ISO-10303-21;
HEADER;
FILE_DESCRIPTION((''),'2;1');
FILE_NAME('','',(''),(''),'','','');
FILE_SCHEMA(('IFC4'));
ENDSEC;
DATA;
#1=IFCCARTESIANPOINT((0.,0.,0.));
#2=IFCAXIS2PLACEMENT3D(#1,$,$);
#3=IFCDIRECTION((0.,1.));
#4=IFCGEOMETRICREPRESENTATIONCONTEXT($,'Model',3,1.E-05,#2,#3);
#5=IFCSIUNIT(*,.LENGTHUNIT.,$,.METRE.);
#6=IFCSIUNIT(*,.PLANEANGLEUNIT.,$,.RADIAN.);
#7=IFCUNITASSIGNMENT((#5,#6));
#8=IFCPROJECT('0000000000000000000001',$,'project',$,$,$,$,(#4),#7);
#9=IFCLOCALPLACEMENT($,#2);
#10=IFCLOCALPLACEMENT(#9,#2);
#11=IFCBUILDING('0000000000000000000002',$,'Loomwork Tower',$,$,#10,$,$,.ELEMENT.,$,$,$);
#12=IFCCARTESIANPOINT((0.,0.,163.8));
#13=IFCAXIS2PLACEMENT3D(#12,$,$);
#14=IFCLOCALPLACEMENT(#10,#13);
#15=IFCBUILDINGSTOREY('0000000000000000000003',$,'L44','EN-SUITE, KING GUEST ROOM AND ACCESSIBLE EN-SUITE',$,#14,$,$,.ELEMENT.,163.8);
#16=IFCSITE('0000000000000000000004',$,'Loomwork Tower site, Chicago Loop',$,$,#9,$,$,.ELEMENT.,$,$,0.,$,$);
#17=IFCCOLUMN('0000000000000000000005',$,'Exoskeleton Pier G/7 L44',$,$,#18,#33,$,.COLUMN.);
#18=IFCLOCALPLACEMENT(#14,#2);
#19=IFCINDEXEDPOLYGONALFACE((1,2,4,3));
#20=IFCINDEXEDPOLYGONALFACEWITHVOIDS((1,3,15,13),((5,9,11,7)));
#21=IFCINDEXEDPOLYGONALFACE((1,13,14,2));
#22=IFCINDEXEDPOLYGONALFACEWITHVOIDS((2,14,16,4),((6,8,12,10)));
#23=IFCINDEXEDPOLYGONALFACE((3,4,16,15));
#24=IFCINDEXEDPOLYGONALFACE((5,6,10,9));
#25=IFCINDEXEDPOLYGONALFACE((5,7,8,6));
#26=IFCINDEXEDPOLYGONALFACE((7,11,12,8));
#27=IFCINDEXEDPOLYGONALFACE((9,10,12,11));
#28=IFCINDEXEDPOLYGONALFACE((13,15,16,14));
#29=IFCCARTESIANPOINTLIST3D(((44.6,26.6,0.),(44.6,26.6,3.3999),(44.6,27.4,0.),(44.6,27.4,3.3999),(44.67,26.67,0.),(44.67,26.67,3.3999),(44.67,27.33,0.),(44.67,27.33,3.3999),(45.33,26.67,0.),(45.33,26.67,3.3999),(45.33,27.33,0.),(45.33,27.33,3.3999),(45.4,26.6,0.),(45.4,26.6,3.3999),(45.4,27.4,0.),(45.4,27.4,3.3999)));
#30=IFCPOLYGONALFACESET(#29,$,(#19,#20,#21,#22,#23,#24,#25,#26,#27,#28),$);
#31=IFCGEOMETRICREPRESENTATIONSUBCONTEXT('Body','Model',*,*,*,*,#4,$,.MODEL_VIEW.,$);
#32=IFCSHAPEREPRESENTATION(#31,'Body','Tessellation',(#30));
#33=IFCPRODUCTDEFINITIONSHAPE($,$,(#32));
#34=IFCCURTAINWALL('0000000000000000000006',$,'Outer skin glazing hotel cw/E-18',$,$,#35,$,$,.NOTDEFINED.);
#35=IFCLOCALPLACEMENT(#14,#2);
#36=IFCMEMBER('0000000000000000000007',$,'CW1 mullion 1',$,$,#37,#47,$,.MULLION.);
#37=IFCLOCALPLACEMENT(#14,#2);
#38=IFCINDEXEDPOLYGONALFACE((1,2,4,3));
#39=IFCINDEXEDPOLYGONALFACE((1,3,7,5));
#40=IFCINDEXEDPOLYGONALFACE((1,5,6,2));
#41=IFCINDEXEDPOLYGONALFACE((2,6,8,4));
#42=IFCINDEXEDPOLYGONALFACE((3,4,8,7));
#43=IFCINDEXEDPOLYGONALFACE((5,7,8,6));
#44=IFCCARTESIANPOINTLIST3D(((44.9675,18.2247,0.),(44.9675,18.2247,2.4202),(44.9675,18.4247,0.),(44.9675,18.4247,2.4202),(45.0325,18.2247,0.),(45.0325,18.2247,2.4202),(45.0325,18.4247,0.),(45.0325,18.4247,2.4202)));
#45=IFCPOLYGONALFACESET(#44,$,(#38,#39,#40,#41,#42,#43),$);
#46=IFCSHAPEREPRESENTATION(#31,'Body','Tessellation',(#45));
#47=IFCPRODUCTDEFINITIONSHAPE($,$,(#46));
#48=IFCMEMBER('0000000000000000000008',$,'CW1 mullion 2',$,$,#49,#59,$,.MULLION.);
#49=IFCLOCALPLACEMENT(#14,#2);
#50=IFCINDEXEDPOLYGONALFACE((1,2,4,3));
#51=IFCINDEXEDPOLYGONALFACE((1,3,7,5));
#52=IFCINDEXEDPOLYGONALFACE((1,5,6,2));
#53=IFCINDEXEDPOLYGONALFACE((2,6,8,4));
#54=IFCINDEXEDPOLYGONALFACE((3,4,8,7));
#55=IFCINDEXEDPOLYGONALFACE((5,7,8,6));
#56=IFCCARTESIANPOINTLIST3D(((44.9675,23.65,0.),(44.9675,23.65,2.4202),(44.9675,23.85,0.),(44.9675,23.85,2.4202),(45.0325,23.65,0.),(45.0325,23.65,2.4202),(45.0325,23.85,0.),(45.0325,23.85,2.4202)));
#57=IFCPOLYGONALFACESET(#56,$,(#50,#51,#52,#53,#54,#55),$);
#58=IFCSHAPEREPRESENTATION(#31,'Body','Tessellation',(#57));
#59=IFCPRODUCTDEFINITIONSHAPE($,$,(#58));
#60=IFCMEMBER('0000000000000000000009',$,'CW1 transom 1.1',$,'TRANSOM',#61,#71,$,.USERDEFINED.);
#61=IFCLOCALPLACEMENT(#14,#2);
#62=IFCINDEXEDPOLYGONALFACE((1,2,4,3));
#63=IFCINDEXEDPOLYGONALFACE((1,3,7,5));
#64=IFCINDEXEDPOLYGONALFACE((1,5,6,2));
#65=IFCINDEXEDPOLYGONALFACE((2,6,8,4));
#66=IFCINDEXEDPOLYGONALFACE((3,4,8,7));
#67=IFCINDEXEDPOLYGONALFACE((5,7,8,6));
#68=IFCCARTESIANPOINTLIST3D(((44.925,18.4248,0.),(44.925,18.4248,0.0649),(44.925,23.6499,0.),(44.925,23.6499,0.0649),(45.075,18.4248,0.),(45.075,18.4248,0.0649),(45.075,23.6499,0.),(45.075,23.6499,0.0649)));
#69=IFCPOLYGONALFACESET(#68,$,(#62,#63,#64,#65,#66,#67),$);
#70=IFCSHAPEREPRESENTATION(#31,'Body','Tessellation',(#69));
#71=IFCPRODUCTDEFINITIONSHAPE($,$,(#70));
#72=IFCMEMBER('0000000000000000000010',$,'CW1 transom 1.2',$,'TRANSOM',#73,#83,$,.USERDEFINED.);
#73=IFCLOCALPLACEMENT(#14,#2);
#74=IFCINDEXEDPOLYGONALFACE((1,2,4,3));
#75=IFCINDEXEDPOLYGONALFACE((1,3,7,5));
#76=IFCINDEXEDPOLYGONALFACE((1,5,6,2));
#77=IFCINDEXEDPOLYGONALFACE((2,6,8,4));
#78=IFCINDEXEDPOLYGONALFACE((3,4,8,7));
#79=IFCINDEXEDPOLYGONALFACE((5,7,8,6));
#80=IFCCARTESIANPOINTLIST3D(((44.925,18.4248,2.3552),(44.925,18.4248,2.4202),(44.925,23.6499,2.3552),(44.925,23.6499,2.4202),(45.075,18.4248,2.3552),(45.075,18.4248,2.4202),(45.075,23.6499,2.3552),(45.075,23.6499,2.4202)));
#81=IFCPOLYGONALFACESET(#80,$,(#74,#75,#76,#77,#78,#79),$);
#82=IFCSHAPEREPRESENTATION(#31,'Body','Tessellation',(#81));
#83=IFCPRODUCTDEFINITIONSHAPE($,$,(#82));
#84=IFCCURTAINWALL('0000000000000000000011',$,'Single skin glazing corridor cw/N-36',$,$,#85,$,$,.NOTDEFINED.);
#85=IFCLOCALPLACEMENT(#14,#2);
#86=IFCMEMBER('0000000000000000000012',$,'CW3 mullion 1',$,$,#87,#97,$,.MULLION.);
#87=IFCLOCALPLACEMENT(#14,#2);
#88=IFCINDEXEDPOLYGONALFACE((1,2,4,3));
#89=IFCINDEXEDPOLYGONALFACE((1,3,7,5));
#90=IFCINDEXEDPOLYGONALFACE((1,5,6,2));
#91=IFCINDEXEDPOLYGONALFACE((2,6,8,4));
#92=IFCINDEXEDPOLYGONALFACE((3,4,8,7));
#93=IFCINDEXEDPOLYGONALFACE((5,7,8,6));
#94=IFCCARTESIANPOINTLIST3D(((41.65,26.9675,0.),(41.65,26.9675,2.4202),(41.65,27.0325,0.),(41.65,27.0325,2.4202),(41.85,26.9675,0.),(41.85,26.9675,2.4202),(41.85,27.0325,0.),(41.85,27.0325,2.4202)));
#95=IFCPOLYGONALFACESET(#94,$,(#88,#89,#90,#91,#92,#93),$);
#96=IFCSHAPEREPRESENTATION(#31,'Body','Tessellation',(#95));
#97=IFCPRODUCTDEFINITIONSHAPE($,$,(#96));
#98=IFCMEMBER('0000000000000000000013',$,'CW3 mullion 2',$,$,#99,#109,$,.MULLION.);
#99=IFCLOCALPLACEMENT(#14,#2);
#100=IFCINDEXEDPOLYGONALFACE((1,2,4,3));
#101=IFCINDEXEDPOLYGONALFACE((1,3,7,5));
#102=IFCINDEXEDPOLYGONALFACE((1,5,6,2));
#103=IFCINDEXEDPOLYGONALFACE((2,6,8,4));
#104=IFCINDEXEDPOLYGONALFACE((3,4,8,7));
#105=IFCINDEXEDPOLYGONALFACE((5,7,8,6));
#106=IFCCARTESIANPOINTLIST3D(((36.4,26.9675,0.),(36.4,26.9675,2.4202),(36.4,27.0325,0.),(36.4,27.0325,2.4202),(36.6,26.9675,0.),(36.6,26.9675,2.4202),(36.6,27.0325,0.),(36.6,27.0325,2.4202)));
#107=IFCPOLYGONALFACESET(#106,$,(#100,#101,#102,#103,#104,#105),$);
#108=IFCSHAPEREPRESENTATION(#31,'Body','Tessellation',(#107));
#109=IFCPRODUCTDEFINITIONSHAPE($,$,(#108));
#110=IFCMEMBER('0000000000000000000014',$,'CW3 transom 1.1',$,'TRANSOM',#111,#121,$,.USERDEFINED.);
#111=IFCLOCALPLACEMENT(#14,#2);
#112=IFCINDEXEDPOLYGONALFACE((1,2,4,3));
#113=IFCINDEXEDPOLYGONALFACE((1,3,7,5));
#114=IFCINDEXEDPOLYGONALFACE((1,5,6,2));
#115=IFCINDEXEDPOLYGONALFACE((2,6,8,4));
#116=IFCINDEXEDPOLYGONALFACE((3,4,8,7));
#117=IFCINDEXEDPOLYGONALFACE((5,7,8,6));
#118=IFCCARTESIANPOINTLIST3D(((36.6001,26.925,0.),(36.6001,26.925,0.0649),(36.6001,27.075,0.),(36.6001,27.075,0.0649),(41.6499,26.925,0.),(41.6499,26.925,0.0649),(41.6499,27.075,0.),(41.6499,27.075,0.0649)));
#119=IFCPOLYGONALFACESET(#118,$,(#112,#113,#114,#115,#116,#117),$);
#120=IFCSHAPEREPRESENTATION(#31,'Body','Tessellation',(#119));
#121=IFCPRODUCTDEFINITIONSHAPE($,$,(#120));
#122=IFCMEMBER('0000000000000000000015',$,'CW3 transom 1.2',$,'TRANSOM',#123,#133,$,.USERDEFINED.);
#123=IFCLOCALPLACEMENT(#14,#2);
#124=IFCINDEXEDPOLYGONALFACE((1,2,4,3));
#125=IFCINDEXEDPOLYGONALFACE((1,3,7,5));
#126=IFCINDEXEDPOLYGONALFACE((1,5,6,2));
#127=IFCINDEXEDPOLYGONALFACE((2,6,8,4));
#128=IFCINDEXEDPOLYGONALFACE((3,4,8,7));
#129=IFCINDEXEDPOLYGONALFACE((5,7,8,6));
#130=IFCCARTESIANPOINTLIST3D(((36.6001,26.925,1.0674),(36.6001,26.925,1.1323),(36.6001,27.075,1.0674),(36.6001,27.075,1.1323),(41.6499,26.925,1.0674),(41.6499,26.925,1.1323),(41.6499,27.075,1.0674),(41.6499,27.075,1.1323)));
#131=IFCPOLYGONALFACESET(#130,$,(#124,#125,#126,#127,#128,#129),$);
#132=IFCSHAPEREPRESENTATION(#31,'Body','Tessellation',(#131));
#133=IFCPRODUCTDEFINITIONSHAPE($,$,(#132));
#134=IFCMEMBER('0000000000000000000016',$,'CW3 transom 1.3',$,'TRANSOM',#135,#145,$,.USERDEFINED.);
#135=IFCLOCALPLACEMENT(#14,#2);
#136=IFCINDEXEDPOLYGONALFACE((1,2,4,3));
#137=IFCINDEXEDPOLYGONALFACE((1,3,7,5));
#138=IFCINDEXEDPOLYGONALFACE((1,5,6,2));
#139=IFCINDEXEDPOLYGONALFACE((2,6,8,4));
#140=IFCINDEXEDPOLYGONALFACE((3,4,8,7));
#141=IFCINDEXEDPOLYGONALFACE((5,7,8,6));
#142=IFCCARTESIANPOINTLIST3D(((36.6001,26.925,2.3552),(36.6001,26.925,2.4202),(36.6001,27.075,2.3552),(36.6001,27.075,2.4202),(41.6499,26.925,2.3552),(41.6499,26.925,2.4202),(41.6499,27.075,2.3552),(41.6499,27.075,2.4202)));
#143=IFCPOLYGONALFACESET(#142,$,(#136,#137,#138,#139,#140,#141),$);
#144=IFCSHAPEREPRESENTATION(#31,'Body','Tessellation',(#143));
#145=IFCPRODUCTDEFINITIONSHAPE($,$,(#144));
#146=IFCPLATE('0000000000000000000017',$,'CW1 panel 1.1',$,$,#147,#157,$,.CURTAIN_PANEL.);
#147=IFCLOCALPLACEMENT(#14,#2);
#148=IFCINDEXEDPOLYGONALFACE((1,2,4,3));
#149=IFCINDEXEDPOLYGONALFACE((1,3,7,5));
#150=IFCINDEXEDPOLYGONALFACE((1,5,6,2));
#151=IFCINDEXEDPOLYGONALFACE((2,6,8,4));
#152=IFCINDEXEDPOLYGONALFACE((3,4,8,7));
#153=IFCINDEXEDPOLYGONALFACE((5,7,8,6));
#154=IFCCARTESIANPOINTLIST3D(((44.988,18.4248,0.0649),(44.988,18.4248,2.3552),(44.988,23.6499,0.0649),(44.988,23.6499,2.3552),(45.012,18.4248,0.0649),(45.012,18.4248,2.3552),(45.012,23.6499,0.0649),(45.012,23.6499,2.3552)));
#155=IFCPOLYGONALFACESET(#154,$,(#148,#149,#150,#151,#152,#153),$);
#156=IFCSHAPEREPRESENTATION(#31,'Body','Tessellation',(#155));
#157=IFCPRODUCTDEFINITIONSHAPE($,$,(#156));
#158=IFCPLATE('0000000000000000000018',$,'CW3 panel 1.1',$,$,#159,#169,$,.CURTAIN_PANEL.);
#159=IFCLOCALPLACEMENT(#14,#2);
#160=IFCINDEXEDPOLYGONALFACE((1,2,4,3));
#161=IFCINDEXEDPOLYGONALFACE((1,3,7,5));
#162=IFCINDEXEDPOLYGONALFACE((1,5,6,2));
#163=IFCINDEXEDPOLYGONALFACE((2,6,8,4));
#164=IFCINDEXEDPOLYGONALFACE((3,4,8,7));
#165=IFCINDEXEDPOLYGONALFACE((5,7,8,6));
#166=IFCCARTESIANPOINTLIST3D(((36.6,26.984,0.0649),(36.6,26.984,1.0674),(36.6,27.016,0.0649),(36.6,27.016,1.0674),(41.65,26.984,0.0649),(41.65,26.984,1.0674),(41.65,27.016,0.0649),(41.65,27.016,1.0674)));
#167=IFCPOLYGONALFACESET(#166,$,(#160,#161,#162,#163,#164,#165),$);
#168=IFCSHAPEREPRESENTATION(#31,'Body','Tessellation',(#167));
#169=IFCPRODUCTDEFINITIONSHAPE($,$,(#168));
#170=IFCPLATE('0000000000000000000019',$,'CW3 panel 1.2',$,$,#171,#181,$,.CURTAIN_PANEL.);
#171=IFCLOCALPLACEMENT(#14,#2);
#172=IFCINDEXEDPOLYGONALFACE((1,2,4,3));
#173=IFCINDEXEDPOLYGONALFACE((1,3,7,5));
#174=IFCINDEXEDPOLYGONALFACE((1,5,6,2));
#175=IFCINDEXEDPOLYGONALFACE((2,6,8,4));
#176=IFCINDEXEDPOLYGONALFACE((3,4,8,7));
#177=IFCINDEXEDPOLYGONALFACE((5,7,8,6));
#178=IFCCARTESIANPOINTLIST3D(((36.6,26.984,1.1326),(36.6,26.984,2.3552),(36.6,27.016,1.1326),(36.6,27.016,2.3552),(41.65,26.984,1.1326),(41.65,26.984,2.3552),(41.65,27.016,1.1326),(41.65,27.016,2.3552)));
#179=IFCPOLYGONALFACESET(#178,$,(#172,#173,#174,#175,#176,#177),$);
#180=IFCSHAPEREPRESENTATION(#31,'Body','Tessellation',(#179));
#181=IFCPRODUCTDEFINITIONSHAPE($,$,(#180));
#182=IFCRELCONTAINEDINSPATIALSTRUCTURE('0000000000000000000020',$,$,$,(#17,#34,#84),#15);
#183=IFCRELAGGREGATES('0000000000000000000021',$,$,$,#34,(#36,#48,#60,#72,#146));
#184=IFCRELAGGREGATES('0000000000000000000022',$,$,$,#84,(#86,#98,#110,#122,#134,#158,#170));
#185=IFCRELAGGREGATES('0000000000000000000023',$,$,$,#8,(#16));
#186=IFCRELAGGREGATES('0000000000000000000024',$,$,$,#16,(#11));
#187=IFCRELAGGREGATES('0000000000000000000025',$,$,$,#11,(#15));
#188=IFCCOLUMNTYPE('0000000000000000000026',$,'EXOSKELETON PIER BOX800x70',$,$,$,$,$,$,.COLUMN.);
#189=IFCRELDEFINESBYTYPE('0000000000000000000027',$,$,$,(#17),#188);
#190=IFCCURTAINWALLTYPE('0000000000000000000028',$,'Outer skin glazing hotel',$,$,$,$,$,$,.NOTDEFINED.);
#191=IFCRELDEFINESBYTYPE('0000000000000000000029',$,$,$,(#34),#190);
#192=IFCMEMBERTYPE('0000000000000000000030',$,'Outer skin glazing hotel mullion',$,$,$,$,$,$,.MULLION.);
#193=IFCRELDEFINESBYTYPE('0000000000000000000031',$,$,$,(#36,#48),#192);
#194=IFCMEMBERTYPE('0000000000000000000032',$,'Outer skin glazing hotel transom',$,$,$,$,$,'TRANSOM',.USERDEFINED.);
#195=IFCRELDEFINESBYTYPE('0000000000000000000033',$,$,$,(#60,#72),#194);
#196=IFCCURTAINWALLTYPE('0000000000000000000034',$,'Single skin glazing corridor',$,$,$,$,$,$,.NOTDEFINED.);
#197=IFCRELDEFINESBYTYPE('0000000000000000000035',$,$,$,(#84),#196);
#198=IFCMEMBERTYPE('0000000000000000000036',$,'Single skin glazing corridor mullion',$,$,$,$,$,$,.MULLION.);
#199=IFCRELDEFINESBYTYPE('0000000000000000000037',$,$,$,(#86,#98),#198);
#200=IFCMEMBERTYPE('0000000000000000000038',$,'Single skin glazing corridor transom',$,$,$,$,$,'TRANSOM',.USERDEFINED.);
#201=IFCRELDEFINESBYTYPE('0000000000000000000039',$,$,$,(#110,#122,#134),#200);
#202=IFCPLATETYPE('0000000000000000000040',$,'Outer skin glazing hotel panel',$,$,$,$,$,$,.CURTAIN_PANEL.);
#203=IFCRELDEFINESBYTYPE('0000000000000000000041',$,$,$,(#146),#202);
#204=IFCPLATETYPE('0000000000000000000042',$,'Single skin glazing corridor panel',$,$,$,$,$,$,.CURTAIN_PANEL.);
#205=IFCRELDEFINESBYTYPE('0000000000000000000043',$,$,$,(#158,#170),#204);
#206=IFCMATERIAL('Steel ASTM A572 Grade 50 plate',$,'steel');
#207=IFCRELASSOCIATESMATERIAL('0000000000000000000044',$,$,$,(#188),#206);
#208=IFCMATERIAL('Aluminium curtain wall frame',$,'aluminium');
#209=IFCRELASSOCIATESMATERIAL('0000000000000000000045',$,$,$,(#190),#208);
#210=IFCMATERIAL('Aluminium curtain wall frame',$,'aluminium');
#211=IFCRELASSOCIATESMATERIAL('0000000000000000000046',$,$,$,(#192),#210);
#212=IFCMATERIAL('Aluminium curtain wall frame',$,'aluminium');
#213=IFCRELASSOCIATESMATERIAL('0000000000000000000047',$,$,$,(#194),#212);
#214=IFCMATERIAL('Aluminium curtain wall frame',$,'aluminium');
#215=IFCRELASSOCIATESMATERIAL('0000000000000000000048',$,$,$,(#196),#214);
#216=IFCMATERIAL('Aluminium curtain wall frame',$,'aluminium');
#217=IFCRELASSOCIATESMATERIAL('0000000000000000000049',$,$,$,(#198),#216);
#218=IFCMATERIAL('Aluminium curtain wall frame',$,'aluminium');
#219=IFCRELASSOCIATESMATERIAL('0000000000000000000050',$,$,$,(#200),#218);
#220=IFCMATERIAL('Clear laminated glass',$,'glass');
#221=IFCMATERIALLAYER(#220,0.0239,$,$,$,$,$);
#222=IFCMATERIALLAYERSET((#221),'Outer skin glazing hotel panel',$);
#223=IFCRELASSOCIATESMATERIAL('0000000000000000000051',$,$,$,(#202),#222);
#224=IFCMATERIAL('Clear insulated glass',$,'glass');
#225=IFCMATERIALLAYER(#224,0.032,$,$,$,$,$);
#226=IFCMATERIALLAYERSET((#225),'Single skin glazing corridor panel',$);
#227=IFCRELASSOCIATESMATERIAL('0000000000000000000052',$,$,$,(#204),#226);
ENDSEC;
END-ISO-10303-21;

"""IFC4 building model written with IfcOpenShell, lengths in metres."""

from ifc_helpers import new_model, si_unit, direction, frame, origin, origin_2d, place, context, subcontext, project, spatial, rectangle, hollow_rectangle, extrude, material, layer, layer_set, material_profile, profile_set, type_object, element, aggregate, save


model = new_model("IFC4")

# Units and contexts
model_context = context("Model", 3, precision=1e-05, world=origin(), true_north=direction((0.0, 1.0)))
body_context = subcontext(model_context, "Body", "Model", "MODEL_VIEW")
ifc_project = project(units=[si_unit("LENGTHUNIT", "METRE"), si_unit("PLANEANGLEUNIT", "RADIAN")], contexts=[model_context])

# Site, building, storey
site_placement = place(None, origin())
site = spatial("IfcSite", under=ifc_project, at=site_placement, Name="Loomwork Tower site, Chicago Loop", CompositionType="ELEMENT", RefElevation=0.0)
building_placement = place(site_placement, origin())
building = spatial("IfcBuilding", under=site, at=building_placement, Name="Loomwork Tower", CompositionType="ELEMENT")
storey_placement = place(building_placement, frame((0.0, 0.0, 163.8)))
storey = spatial("IfcBuildingStorey", under=building, at=storey_placement, Name="L44", Description="EN-SUITE, KING GUEST ROOM AND ACCESSIBLE EN-SUITE", CompositionType="ELEMENT", Elevation=163.8)

# Column
ifc_material_1 = material(Name="Steel ASTM A572 Grade 50 plate", Category="steel")
ifc_material_profile_1 = material_profile(ifc_material_1, hollow_rectangle(XDim=0.8, YDim=0.8, WallThickness=0.0701, at=origin_2d()), Name="BOX800x70")
ifc_profile_set_1 = profile_set([ifc_material_profile_1], Name="Steel ASTM A572 Grade 50 plate")
column_type = type_object("IfcColumnType", Name="EXOSKELETON PIER BOX800x70", PredefinedType="COLUMN", material=ifc_profile_set_1)
column_placement = place(storey_placement, frame((45.0, 27.0, 0.0), z_axis=(0.0, 0.0, 1.0), x_axis=(0.0, 1.0, 0.0)))
element("IfcColumn", 1, at=column_placement, inside=storey, type_object=column_type, Name="Exoskeleton Pier G/7 L44", PredefinedType="COLUMN", context=body_context, shape_type="SweptSolid", body=[
    extrude(hollow_rectangle(XDim=0.8, YDim=0.8, WallThickness=0.0701, at=origin_2d()), origin(), (0.0, 0.0, 1.0), 3.3999),
])

# Curtain walls, members
ifc_material_2 = material(Name="Aluminium curtain wall frame", Category="aluminium")
curtain_wall_type_1 = type_object("IfcCurtainWallType", Name="Outer skin glazing hotel", PredefinedType="NOTDEFINED", material=ifc_material_2)
curtain_wall_1_placement = place(storey_placement, origin())
curtain_wall_1 = element("IfcCurtainWall", 2, at=curtain_wall_1_placement, inside=storey, type_object=curtain_wall_type_1, Name="Outer skin glazing hotel cw/E-18", PredefinedType="NOTDEFINED")
ifc_material_3 = material(Name="Aluminium curtain wall frame", Category="aluminium")
ifc_material_profile_2 = material_profile(ifc_material_3, rectangle(XDim=0.0649, YDim=0.2, at=origin_2d()), Name="AL 65x200")
ifc_profile_set_2 = profile_set([ifc_material_profile_2], Name="Aluminium curtain wall frame")
member_type_1 = type_object("IfcMemberType", Name="Outer skin glazing hotel mullion", PredefinedType="MULLION", material=ifc_profile_set_2)
member_1_placement = place(storey_placement, frame((45.0, 18.3247, 0.0), z_axis=(0.0, 0.0, 1.0), x_axis=(-1.0, 0.0, 0.0)))
member_1 = element("IfcMember", 3, at=member_1_placement, type_object=member_type_1, Name="CW1 mullion 1", PredefinedType="MULLION", context=body_context, shape_type="SweptSolid", body=[
    extrude(rectangle(XDim=0.0649, YDim=0.2, at=origin_2d()), origin(), (0.0, 0.0, 1.0), 2.4202),
])
member_2_placement = place(storey_placement, frame((45.0, 23.75, 0.0), z_axis=(0.0, 0.0, 1.0), x_axis=(-1.0, 0.0, 0.0)))
member_2 = element("IfcMember", 4, at=member_2_placement, type_object=member_type_1, Name="CW1 mullion 2", PredefinedType="MULLION", context=body_context, shape_type="SweptSolid", body=[
    extrude(rectangle(XDim=0.0649, YDim=0.2, at=origin_2d()), origin(), (0.0, 0.0, 1.0), 2.4202),
])
ifc_material_4 = material(Name="Aluminium curtain wall frame", Category="aluminium")
ifc_material_profile_3 = material_profile(ifc_material_4, rectangle(XDim=0.1499, YDim=0.0649, at=origin_2d()), Name="AL 65x150")
ifc_profile_set_3 = profile_set([ifc_material_profile_3], Name="Aluminium curtain wall frame")
member_type_2 = type_object("IfcMemberType", Name="Outer skin glazing hotel transom", ElementType="TRANSOM", PredefinedType="USERDEFINED", material=ifc_profile_set_3)
member_3_placement = place(storey_placement, frame((45.0, 18.4248, 0.0325), z_axis=(0.0, 1.0, 0.0), x_axis=(-1.0, 0.0, 0.0)))
member_3 = element("IfcMember", 5, at=member_3_placement, type_object=member_type_2, Name="CW1 transom 1.1", ObjectType="TRANSOM", PredefinedType="USERDEFINED", context=body_context, shape_type="SweptSolid", body=[
    extrude(rectangle(XDim=0.1499, YDim=0.0649, at=origin_2d()), origin(), (0.0, 0.0, 1.0), 5.2251),
])
member_4_placement = place(storey_placement, frame((45.0, 18.4248, 2.3877), z_axis=(0.0, 1.0, 0.0), x_axis=(-1.0, 0.0, 0.0)))
member_4 = element("IfcMember", 6, at=member_4_placement, type_object=member_type_2, Name="CW1 transom 1.2", ObjectType="TRANSOM", PredefinedType="USERDEFINED", context=body_context, shape_type="SweptSolid", body=[
    extrude(rectangle(XDim=0.1499, YDim=0.0649, at=origin_2d()), origin(), (0.0, 0.0, 1.0), 5.2251),
])
ifc_material_5 = material(Name="Aluminium curtain wall frame", Category="aluminium")
curtain_wall_type_2 = type_object("IfcCurtainWallType", Name="Single skin glazing corridor", PredefinedType="NOTDEFINED", material=ifc_material_5)
curtain_wall_2_placement = place(storey_placement, origin())
curtain_wall_2 = element("IfcCurtainWall", 7, at=curtain_wall_2_placement, inside=storey, type_object=curtain_wall_type_2, Name="Single skin glazing corridor cw/N-36", PredefinedType="NOTDEFINED")
ifc_material_6 = material(Name="Aluminium curtain wall frame", Category="aluminium")
ifc_material_profile_4 = material_profile(ifc_material_6, rectangle(XDim=0.0649, YDim=0.2, at=origin_2d()), Name="AL 65x200")
ifc_profile_set_4 = profile_set([ifc_material_profile_4], Name="Aluminium curtain wall frame")
member_type_3 = type_object("IfcMemberType", Name="Single skin glazing corridor mullion", PredefinedType="MULLION", material=ifc_profile_set_4)
member_5_placement = place(storey_placement, frame((41.75, 27.0, 0.0), z_axis=(0.0, 0.0, 1.0), x_axis=(0.0, -1.0, 0.0)))
member_5 = element("IfcMember", 8, at=member_5_placement, type_object=member_type_3, Name="CW3 mullion 1", PredefinedType="MULLION", context=body_context, shape_type="SweptSolid", body=[
    extrude(rectangle(XDim=0.0649, YDim=0.2, at=origin_2d()), origin(), (0.0, 0.0, 1.0), 2.4202),
])
member_6_placement = place(storey_placement, frame((36.5, 27.0, 0.0), z_axis=(0.0, 0.0, 1.0), x_axis=(0.0, -1.0, 0.0)))
member_6 = element("IfcMember", 9, at=member_6_placement, type_object=member_type_3, Name="CW3 mullion 2", PredefinedType="MULLION", context=body_context, shape_type="SweptSolid", body=[
    extrude(rectangle(XDim=0.0649, YDim=0.2, at=origin_2d()), origin(), (0.0, 0.0, 1.0), 2.4202),
])
ifc_material_7 = material(Name="Aluminium curtain wall frame", Category="aluminium")
ifc_material_profile_5 = material_profile(ifc_material_7, rectangle(XDim=0.1499, YDim=0.0649, at=origin_2d()), Name="AL 65x150")
ifc_profile_set_5 = profile_set([ifc_material_profile_5], Name="Aluminium curtain wall frame")
member_type_4 = type_object("IfcMemberType", Name="Single skin glazing corridor transom", ElementType="TRANSOM", PredefinedType="USERDEFINED", material=ifc_profile_set_5)
member_7_placement = place(storey_placement, frame((41.6499, 27.0, 0.0325), z_axis=(-1.0, 0.0, 0.0), x_axis=(0.0, -1.0, 0.0)))
member_7 = element("IfcMember", 10, at=member_7_placement, type_object=member_type_4, Name="CW3 transom 1.1", ObjectType="TRANSOM", PredefinedType="USERDEFINED", context=body_context, shape_type="SweptSolid", body=[
    extrude(rectangle(XDim=0.1499, YDim=0.0649, at=origin_2d()), origin(), (0.0, 0.0, 1.0), 5.0498),
])
member_8_placement = place(storey_placement, frame((41.6499, 27.0, 1.0999), z_axis=(-1.0, 0.0, 0.0), x_axis=(0.0, -1.0, 0.0)))
member_8 = element("IfcMember", 11, at=member_8_placement, type_object=member_type_4, Name="CW3 transom 1.2", ObjectType="TRANSOM", PredefinedType="USERDEFINED", context=body_context, shape_type="SweptSolid", body=[
    extrude(rectangle(XDim=0.1499, YDim=0.0649, at=origin_2d()), origin(), (0.0, 0.0, 1.0), 5.0498),
])
member_9_placement = place(storey_placement, frame((41.6499, 27.0, 2.3877), z_axis=(-1.0, 0.0, 0.0), x_axis=(0.0, -1.0, 0.0)))
member_9 = element("IfcMember", 12, at=member_9_placement, type_object=member_type_4, Name="CW3 transom 1.3", ObjectType="TRANSOM", PredefinedType="USERDEFINED", context=body_context, shape_type="SweptSolid", body=[
    extrude(rectangle(XDim=0.1499, YDim=0.0649, at=origin_2d()), origin(), (0.0, 0.0, 1.0), 5.0498),
])

# Plates
ifc_material_8 = material(Name="Clear laminated glass", Category="glass")
ifc_layer_1 = layer(ifc_material_8, 0.0239)
ifc_layer_set_1 = layer_set([ifc_layer_1], Name="Outer skin glazing hotel panel")
plate_type_1 = type_object("IfcPlateType", Name="Outer skin glazing hotel panel", PredefinedType="CURTAIN_PANEL", material=ifc_layer_set_1)
plate_1_placement = place(storey_placement, frame((45.0, 21.0374, 0.0649), z_axis=(0.0, 0.0, 1.0), x_axis=(0.0, 1.0, 0.0)))
plate_1 = element("IfcPlate", 13, at=plate_1_placement, type_object=plate_type_1, Name="CW1 panel 1.1", PredefinedType="CURTAIN_PANEL", context=body_context, shape_type="SweptSolid", body=[
    extrude(rectangle(XDim=5.2251, YDim=0.0239, at=origin_2d()), origin(), (0.0, 0.0, 1.0), 2.2903),
])
aggregate(curtain_wall_1, [member_1, member_2, member_3, member_4, plate_1])
ifc_material_9 = material(Name="Clear insulated glass", Category="glass")
ifc_layer_2 = layer(ifc_material_9, 0.032)
ifc_layer_set_2 = layer_set([ifc_layer_2], Name="Single skin glazing corridor panel")
plate_type_2 = type_object("IfcPlateType", Name="Single skin glazing corridor panel", PredefinedType="CURTAIN_PANEL", material=ifc_layer_set_2)
plate_2_placement = place(storey_placement, frame((39.125, 27.0, 0.0649), z_axis=(0.0, 0.0, 1.0), x_axis=(-1.0, 0.0, 0.0)))
plate_2 = element("IfcPlate", 14, at=plate_2_placement, type_object=plate_type_2, Name="CW3 panel 1.1", PredefinedType="CURTAIN_PANEL", context=body_context, shape_type="SweptSolid", body=[
    extrude(rectangle(XDim=5.05, YDim=0.032, at=origin_2d()), origin(), (0.0, 0.0, 1.0), 1.0024),
])
plate_3_placement = place(storey_placement, frame((39.125, 27.0, 1.1326), z_axis=(0.0, 0.0, 1.0), x_axis=(-1.0, 0.0, 0.0)))
plate_3 = element("IfcPlate", 15, at=plate_3_placement, type_object=plate_type_2, Name="CW3 panel 1.2", PredefinedType="CURTAIN_PANEL", context=body_context, shape_type="SweptSolid", body=[
    extrude(rectangle(XDim=5.05, YDim=0.032, at=origin_2d()), origin(), (0.0, 0.0, 1.0), 1.2227),
])
aggregate(curtain_wall_2, [member_5, member_6, member_7, member_8, member_9, plate_2, plate_3])

save(model, "model.ifc")
